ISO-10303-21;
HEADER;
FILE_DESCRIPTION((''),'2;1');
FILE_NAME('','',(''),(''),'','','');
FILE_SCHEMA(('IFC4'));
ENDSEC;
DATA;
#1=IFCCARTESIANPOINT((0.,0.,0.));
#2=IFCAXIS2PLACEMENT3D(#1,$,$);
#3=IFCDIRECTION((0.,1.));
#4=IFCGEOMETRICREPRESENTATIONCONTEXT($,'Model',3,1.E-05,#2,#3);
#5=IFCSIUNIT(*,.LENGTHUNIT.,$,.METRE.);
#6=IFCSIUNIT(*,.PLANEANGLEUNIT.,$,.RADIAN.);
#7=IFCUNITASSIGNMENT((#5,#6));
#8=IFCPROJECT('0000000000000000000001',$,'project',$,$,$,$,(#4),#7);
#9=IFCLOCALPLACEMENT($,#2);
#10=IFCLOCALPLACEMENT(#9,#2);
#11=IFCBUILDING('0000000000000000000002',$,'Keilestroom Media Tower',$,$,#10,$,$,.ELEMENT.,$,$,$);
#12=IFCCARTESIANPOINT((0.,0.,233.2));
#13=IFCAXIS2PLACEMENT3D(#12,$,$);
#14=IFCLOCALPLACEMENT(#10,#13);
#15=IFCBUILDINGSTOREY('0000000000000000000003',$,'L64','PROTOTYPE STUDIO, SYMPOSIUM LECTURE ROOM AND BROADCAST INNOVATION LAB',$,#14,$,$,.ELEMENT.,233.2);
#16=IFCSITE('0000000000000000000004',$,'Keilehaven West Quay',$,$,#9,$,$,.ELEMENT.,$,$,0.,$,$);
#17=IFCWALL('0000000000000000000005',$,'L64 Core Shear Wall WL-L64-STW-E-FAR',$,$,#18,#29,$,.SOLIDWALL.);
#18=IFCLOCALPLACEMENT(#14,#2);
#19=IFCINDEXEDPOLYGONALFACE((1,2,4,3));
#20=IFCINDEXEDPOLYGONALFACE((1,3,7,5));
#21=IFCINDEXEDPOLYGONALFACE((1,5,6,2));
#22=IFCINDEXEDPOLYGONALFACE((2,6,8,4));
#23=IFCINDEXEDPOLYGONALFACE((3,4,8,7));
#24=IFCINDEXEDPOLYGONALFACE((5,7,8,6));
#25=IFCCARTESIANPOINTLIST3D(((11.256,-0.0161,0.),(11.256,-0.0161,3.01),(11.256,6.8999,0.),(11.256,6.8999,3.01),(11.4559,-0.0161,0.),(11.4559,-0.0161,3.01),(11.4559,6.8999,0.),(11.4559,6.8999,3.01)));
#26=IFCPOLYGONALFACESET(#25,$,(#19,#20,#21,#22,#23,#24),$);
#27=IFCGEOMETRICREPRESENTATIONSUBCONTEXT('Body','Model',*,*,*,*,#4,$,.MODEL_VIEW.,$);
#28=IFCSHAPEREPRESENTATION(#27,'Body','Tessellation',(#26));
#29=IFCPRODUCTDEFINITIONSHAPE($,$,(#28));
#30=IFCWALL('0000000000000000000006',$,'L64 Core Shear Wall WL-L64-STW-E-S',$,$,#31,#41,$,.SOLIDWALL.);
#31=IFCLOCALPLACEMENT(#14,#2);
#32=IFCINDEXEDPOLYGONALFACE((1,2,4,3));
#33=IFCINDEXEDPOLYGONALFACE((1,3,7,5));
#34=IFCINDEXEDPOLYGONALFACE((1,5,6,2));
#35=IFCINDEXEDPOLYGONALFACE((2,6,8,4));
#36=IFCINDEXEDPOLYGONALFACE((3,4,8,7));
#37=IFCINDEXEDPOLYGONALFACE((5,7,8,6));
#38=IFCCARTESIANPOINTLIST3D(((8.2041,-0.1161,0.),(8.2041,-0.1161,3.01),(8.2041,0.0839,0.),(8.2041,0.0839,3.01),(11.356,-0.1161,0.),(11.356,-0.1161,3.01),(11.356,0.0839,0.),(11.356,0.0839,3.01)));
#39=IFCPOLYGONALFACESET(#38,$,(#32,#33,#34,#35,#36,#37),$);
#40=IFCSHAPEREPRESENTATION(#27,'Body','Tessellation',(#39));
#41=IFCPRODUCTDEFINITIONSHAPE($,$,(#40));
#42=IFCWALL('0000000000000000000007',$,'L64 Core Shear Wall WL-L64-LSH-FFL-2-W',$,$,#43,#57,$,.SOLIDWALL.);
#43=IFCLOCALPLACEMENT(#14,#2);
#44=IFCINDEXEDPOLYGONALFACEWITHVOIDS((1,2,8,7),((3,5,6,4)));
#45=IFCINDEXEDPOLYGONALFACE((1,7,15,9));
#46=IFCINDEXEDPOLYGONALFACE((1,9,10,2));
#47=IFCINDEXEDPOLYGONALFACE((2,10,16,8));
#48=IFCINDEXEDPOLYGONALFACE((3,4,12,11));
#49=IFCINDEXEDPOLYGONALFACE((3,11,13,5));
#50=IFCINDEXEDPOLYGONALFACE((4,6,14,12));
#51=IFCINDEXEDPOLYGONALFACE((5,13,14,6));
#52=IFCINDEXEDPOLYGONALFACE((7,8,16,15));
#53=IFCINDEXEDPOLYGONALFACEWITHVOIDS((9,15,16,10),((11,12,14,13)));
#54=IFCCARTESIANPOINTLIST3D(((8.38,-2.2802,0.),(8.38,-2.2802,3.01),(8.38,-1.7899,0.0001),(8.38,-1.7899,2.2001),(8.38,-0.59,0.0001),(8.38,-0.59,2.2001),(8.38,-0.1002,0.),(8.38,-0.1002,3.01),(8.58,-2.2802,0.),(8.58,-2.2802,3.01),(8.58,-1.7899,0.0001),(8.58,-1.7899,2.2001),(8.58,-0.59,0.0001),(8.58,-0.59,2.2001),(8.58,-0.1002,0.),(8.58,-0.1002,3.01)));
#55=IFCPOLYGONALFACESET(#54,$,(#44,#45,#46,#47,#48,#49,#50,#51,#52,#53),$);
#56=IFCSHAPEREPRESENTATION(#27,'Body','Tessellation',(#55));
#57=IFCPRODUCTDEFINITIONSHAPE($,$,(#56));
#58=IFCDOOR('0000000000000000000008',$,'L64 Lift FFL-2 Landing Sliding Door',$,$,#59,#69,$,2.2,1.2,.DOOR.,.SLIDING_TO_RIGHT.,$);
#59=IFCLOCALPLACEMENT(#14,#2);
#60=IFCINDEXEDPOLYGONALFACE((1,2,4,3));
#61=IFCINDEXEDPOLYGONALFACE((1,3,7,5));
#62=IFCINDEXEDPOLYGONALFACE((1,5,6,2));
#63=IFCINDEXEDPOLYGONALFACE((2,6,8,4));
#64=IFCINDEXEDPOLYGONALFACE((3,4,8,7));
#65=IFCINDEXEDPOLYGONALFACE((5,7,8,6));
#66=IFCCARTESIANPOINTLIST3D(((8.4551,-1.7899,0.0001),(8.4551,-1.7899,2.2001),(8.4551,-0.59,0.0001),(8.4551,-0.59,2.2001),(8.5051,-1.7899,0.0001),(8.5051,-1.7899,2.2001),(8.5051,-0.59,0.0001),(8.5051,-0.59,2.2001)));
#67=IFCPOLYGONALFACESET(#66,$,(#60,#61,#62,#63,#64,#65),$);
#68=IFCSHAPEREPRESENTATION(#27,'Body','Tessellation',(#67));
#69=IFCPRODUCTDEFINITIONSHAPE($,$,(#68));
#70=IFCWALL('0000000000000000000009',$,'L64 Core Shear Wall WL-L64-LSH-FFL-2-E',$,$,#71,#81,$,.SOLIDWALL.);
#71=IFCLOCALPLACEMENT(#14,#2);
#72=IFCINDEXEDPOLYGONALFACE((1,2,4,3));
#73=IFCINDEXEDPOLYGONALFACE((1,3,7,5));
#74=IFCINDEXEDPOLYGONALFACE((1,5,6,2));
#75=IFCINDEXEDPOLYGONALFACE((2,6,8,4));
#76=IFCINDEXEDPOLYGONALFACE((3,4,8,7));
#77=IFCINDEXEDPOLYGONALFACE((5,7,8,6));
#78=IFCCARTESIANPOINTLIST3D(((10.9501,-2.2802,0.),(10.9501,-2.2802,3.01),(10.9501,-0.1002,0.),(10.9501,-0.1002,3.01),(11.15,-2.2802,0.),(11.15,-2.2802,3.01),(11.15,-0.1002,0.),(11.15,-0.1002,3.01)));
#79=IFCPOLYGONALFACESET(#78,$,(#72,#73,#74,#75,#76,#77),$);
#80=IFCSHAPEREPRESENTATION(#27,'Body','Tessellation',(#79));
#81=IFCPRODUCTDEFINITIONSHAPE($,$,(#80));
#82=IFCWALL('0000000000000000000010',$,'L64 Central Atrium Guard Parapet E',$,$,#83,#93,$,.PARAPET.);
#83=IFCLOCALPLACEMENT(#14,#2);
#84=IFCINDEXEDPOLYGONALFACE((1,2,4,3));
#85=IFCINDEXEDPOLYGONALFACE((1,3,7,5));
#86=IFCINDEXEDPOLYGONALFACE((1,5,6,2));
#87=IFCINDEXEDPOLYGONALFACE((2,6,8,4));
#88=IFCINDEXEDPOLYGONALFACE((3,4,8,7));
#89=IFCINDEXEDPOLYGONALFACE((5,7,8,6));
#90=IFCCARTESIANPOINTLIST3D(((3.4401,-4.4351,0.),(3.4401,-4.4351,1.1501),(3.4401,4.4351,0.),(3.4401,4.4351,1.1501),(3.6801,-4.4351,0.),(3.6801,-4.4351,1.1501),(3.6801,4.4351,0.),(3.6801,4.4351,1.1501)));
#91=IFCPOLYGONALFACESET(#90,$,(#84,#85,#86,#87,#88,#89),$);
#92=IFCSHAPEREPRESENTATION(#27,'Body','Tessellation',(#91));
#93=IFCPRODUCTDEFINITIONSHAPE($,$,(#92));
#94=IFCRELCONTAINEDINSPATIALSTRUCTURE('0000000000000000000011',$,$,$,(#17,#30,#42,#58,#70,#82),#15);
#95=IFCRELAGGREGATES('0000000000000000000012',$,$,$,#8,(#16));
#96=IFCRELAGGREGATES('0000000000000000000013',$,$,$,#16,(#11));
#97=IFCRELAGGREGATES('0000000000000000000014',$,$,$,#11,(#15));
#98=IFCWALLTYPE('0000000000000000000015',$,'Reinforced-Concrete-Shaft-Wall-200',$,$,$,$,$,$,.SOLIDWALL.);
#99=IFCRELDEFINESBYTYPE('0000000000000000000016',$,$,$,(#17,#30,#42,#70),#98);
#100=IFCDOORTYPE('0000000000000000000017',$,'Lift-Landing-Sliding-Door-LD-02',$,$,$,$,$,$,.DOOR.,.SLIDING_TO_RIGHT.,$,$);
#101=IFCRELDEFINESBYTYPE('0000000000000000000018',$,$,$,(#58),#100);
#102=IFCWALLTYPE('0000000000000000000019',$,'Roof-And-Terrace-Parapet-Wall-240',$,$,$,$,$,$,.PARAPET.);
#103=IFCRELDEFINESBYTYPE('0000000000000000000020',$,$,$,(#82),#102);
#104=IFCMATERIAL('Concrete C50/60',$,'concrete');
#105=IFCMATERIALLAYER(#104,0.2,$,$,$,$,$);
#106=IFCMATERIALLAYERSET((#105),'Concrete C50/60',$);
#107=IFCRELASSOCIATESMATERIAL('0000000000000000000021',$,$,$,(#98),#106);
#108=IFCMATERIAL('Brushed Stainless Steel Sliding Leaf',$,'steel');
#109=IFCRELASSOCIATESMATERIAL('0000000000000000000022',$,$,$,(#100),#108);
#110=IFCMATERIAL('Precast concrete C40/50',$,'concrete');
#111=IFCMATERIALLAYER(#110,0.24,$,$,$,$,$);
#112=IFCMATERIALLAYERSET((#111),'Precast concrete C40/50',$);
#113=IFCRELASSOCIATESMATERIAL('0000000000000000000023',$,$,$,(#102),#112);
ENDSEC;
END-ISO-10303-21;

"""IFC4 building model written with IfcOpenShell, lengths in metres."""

from ifc_helpers import new_model, si_unit, direction, frame, frame_2d, origin, place, context, subcontext, project, spatial, rectangle, extrude, source, transform, mapped, material, layer, layer_set, type_object, element, fill, save


model = new_model("IFC4")

# Units and contexts
model_context = context("Model", 3, precision=1e-05, world=origin(), true_north=direction((0.0, 1.0)))
body_context = subcontext(model_context, "Body", "Model", "MODEL_VIEW")
ifc_project = project(units=[si_unit("LENGTHUNIT", "METRE"), si_unit("PLANEANGLEUNIT", "RADIAN")], contexts=[model_context])

# Site, building, storey
site_placement = place(None, origin())
site = spatial("IfcSite", under=ifc_project, at=site_placement, Name="Keilehaven West Quay", CompositionType="ELEMENT", RefElevation=0.0)
building_placement = place(site_placement, origin())
building = spatial("IfcBuilding", under=site, at=building_placement, Name="Keilestroom Media Tower", CompositionType="ELEMENT")
storey_placement = place(building_placement, frame((0.0, 0.0, 233.2)))
storey = spatial("IfcBuildingStorey", under=building, at=storey_placement, Name="L64", Description="PROTOTYPE STUDIO, SYMPOSIUM LECTURE ROOM AND BROADCAST INNOVATION LAB", CompositionType="ELEMENT", Elevation=233.2)

# Shared definitions
ifc_material_1 = material(Name="Concrete C50/60", Category="concrete")

# Shared definitions
shared_shape_1 = source(origin(), body_context, "Body", "SweptSolid", [
    extrude(rectangle(XDim=1.2, YDim=2.2, at=frame_2d((0.6001, 1.1001))), frame((0.0, 0.0249, 0.0), z_axis=(0.0, -1.0, 0.0), x_axis=(1.0, 0.0, 0.0)), (0.0, 0.0, 1.0), 0.05),
])

# Shared definitions
ifc_layer_1 = layer(ifc_material_1, 0.2)
ifc_layer_set_1 = layer_set([ifc_layer_1], Name="Concrete C50/60")
wall_type_1 = type_object("IfcWallType", Name="Reinforced-Concrete-Shaft-Wall-200", PredefinedType="SOLIDWALL", material=ifc_layer_set_1)

# Walls
wall_1_placement = place(storey_placement, frame((11.356, -0.0161, 0.0), z_axis=(0.0, 0.0, 1.0), x_axis=(0.0, 1.0, 0.0)))
element("IfcWall", 1, at=wall_1_placement, inside=storey, type_object=wall_type_1, Name="L64 Core Shear Wall WL-L64-STW-E-FAR", PredefinedType="SOLIDWALL", context=body_context, shape_type="SweptSolid", body=[
    extrude(rectangle(XDim=6.916, YDim=0.2, at=frame_2d((3.458, 0.0))), origin(), (0.0, 0.0, 1.0), 3.01),
])
wall_2_placement = place(storey_placement, frame((8.2041, -0.0161, 0.0), z_axis=(0.0, 0.0, 1.0), x_axis=(1.0, 0.0, 0.0)))
element("IfcWall", 2, at=wall_2_placement, inside=storey, type_object=wall_type_1, Name="L64 Core Shear Wall WL-L64-STW-E-S", PredefinedType="SOLIDWALL", context=body_context, shape_type="SweptSolid", body=[
    extrude(rectangle(XDim=3.1519, YDim=0.2, at=frame_2d((1.5759, 0.0))), origin(), (0.0, 0.0, 1.0), 3.01),
])

# Wall, opening, door
wall_3_placement = place(storey_placement, frame((8.48, -2.28, 0.0), z_axis=(0.0, 0.0, 1.0), x_axis=(0.0, 1.0, 0.0)))
wall_3 = element("IfcWall", 3, at=wall_3_placement, inside=storey, type_object=wall_type_1, Name="L64 Core Shear Wall WL-L64-LSH-FFL-2-W", PredefinedType="SOLIDWALL", context=body_context, shape_type="SweptSolid", body=[
    extrude(rectangle(XDim=2.1799, YDim=0.2, at=frame_2d((1.0898, 0.0))), origin(), (0.0, 0.0, 1.0), 3.01),
])
opening_1_placement = place(wall_3_placement, frame((0.49, 0.0, 0.0)))
opening_1 = element("IfcOpeningElement", 4, at=opening_1_placement, cuts=wall_3, PredefinedType="OPENING", context=body_context, shape_type="SweptSolid", body=[
    extrude(rectangle(XDim=1.2, YDim=2.2, at=frame_2d((0.6001, 1.1001))), frame((0.0, 0.1099, 0.0), z_axis=(0.0, -1.0, 0.0), x_axis=(1.0, 0.0, 0.0)), (0.0, 0.0, 1.0), 0.22),
])
ifc_material_2 = material(Name="Brushed Stainless Steel Sliding Leaf", Category="steel")
door_type_1 = type_object("IfcDoorType", Name="Lift-Landing-Sliding-Door-LD-02", OperationType="SLIDING_TO_RIGHT", PredefinedType="DOOR", material=ifc_material_2)
door_1_placement = place(opening_1_placement, origin())
door_1 = element("IfcDoor", 5, at=door_1_placement, inside=storey, type_object=door_type_1, Name="L64 Lift FFL-2 Landing Sliding Door", OperationType="SLIDING_TO_RIGHT", OverallHeight=2.2, OverallWidth=1.2, PredefinedType="DOOR", context=body_context, shape_type="MappedRepresentation", body=[
    mapped(shared_shape_1, transform((0.0, 0.0, 0.0), x_axis=(1.0, 0.0, 0.0), y_axis=(0.0, 1.0, 0.0), z_axis=(0.0, 0.0, 1.0), scale=1.0)),
])
fill(opening_1, door_1)

# Walls
wall_4_placement = place(storey_placement, frame((11.05, -2.28, 0.0), z_axis=(0.0, 0.0, 1.0), x_axis=(0.0, 1.0, 0.0)))
element("IfcWall", 6, at=wall_4_placement, inside=storey, type_object=wall_type_1, Name="L64 Core Shear Wall WL-L64-LSH-FFL-2-E", PredefinedType="SOLIDWALL", context=body_context, shape_type="SweptSolid", body=[
    extrude(rectangle(XDim=2.1799, YDim=0.2, at=frame_2d((1.0898, 0.0))), origin(), (0.0, 0.0, 1.0), 3.01),
])
ifc_material_3 = material(Name="Precast concrete C40/50", Category="concrete")
ifc_layer_2 = layer(ifc_material_3, 0.24)
ifc_layer_set_2 = layer_set([ifc_layer_2], Name="Precast concrete C40/50")
wall_type_2 = type_object("IfcWallType", Name="Roof-And-Terrace-Parapet-Wall-240", PredefinedType="PARAPET", material=ifc_layer_set_2)
wall_5_placement = place(storey_placement, frame((3.5601, -4.4351, 0.0), z_axis=(0.0, 0.0, 1.0), x_axis=(0.0, 1.0, 0.0)))
element("IfcWall", 7, at=wall_5_placement, inside=storey, type_object=wall_type_2, Name="L64 Central Atrium Guard Parapet E", PredefinedType="PARAPET", context=body_context, shape_type="SweptSolid", body=[
    extrude(rectangle(XDim=8.8701, YDim=0.24, at=frame_2d((4.4351, 0.0))), origin(), (0.0, 0.0, 1.0), 1.1501),
])

save(model, "model.ifc")
